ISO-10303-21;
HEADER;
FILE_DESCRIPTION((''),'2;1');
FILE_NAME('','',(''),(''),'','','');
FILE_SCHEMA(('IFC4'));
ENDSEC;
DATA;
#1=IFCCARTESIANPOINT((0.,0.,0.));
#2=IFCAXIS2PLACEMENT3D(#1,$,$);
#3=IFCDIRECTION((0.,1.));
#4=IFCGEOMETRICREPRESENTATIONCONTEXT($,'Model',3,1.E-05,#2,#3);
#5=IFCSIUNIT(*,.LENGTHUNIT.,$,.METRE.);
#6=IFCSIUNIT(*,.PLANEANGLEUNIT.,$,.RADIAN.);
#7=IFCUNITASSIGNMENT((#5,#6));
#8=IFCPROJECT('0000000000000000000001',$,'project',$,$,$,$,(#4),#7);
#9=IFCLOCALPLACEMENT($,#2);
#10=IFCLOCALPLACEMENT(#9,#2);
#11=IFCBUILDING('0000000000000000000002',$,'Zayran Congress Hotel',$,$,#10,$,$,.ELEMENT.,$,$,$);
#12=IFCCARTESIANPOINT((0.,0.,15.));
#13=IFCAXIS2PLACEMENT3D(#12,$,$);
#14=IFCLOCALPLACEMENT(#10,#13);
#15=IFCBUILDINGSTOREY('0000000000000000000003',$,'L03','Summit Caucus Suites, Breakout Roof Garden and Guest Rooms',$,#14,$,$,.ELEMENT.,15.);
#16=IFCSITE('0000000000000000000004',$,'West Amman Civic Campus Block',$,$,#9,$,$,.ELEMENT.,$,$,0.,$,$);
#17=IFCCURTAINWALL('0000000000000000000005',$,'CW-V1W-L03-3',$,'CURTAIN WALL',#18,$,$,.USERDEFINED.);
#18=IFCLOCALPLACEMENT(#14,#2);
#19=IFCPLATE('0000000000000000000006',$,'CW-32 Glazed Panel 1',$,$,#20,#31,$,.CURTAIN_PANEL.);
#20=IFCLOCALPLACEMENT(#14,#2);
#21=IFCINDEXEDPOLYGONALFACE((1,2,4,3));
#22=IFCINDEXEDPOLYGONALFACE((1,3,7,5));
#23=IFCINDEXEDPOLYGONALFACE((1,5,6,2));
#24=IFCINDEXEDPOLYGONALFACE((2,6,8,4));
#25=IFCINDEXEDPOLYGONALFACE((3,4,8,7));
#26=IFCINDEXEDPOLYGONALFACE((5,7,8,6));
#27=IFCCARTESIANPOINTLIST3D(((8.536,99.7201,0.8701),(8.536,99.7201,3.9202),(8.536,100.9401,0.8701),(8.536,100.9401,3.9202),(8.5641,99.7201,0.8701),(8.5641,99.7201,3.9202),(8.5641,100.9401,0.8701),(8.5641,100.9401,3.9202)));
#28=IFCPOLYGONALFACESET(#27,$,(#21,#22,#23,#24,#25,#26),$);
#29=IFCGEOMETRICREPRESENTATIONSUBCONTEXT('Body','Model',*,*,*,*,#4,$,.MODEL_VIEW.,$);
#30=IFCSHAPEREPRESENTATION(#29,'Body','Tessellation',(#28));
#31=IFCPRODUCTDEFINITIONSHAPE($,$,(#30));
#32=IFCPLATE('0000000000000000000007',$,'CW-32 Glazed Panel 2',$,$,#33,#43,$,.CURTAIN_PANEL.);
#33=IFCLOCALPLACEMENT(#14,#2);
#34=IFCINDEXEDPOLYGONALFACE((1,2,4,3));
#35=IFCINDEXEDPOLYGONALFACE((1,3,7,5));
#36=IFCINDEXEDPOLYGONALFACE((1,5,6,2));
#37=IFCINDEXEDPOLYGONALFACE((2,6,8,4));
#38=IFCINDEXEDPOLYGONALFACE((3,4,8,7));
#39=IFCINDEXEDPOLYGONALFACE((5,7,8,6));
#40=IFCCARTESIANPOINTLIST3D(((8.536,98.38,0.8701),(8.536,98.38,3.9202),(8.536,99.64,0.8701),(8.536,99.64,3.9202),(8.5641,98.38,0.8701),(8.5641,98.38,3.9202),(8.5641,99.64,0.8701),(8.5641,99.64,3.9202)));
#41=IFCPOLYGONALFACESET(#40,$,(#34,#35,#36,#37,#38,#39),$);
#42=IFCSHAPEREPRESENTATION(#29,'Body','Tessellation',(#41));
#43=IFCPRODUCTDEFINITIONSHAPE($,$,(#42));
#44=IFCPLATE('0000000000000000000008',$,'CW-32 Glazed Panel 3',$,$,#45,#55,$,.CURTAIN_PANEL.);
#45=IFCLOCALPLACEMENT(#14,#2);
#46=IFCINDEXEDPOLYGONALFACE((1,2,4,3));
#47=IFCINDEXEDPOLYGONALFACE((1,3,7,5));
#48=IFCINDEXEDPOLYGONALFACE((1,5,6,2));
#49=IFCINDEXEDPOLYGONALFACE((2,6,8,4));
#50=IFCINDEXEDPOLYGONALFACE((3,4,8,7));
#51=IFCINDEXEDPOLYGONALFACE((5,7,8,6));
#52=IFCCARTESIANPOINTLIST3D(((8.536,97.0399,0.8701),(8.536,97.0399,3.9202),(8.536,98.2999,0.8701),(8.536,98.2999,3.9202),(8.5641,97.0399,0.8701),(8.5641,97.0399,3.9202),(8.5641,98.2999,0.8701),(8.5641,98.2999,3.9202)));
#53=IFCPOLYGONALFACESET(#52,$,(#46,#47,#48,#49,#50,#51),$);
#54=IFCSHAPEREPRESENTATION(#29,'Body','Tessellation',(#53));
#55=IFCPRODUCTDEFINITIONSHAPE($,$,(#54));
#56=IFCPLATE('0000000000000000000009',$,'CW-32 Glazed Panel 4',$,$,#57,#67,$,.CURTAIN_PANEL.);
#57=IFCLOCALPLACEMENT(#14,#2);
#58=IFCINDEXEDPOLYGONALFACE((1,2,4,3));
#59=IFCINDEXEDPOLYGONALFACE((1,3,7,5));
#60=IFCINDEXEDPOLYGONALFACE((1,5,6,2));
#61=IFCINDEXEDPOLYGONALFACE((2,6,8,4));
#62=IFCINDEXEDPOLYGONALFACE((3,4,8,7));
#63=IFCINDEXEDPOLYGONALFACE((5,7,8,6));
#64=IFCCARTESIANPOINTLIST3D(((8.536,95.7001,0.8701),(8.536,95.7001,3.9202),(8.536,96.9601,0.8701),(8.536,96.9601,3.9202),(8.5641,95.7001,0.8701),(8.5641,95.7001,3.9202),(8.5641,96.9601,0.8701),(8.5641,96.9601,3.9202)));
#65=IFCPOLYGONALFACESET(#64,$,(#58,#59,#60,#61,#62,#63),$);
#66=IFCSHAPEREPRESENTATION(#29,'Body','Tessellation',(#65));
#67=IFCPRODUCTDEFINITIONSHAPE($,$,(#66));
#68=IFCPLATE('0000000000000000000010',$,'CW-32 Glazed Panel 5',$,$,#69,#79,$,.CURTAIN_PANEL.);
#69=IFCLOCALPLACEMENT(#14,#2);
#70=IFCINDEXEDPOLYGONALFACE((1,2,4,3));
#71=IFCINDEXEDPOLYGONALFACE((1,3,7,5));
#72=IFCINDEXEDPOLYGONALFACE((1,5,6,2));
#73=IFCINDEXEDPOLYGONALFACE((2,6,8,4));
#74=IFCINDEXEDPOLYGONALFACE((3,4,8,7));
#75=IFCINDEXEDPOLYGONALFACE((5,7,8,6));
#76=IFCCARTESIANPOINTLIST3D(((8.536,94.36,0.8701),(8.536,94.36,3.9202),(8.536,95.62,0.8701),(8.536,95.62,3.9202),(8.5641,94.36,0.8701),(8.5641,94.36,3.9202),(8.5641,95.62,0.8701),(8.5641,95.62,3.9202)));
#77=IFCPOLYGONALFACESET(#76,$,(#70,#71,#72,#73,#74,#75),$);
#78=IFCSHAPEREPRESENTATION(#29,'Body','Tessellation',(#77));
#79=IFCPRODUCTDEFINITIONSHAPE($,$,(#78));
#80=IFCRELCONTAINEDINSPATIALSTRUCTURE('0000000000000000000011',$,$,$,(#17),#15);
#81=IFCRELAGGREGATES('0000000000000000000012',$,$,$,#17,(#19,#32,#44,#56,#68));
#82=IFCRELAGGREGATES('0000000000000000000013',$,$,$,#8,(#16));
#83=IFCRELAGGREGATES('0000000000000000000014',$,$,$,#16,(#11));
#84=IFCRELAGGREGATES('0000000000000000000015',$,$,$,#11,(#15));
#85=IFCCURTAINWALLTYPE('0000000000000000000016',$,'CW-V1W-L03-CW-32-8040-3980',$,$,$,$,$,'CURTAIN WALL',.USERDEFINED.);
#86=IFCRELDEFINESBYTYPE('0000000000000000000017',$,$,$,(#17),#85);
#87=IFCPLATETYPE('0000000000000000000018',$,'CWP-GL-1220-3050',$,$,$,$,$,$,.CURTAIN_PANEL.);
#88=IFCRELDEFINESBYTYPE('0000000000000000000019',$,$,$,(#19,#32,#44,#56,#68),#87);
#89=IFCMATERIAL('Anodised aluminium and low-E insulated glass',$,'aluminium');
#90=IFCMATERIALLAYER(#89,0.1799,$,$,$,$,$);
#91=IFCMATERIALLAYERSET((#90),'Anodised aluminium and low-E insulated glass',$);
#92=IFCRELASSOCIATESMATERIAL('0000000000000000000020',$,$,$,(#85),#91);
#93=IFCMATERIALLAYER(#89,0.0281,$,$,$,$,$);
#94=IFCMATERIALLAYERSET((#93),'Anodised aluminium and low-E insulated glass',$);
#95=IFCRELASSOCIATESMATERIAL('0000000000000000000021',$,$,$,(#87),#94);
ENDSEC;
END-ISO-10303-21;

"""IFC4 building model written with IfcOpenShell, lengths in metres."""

from ifc_helpers import new_model, si_unit, direction, frame, origin, origin_2d, place, context, subcontext, project, spatial, rectangle, extrude, material, layer, layer_set, type_object, element, aggregate, save


model = new_model("IFC4")

# Units and contexts
model_context = context("Model", 3, precision=1e-05, world=origin(), true_north=direction((0.0, 1.0)))
body_context = subcontext(model_context, "Body", "Model", "MODEL_VIEW")
ifc_project = project(units=[si_unit("LENGTHUNIT", "METRE"), si_unit("PLANEANGLEUNIT", "RADIAN")], contexts=[model_context])

# Site, building, storey
site_placement = place(None, origin())
site = spatial("IfcSite", under=ifc_project, at=site_placement, Name="West Amman Civic Campus Block", CompositionType="ELEMENT", RefElevation=0.0)
building_placement = place(site_placement, origin())
building = spatial("IfcBuilding", under=site, at=building_placement, Name="Zayran Congress Hotel", CompositionType="ELEMENT")
storey_placement = place(building_placement, frame((0.0, 0.0, 15.0)))
storey = spatial("IfcBuildingStorey", under=building, at=storey_placement, Name="L03", Description="Summit Caucus Suites, Breakout Roof Garden and Guest Rooms", CompositionType="ELEMENT", Elevation=15.0)

# Curtain wall, plates
ifc_material_1 = material(Name="Anodised aluminium and low-E insulated glass", Category="aluminium")
ifc_layer_1 = layer(ifc_material_1, 0.1799)
ifc_layer_set_1 = layer_set([ifc_layer_1], Name="Anodised aluminium and low-E insulated glass")
curtain_wall_type = type_object("IfcCurtainWallType", Name="CW-V1W-L03-CW-32-8040-3980", ElementType="CURTAIN WALL", PredefinedType="USERDEFINED", material=ifc_layer_set_1)
curtain_wall_placement = place(storey_placement, origin())
curtain_wall = element("IfcCurtainWall", 1, at=curtain_wall_placement, inside=storey, type_object=curtain_wall_type, Name="CW-V1W-L03-3", ObjectType="CURTAIN WALL", PredefinedType="USERDEFINED")
ifc_layer_2 = layer(ifc_material_1, 0.0281)
ifc_layer_set_2 = layer_set([ifc_layer_2], Name="Anodised aluminium and low-E insulated glass")
plate_type_1 = type_object("IfcPlateType", Name="CWP-GL-1220-3050", PredefinedType="CURTAIN_PANEL", material=ifc_layer_set_2)
plate_1_placement = place(storey_placement, frame((8.55, 100.3301, 0.8701), z_axis=(0.0, 0.0, 1.0), x_axis=(0.0, 1.0, 0.0)))
plate_1 = element("IfcPlate", 2, at=plate_1_placement, type_object=plate_type_1, Name="CW-32 Glazed Panel 1", PredefinedType="CURTAIN_PANEL", context=body_context, shape_type="SweptSolid", body=[
    extrude(rectangle(XDim=1.22, YDim=0.0281, at=origin_2d()), origin(), (0.0, 0.0, 1.0), 3.05),
])
plate_2_placement = place(storey_placement, frame((8.55, 99.01, 0.8701), z_axis=(0.0, 0.0, 1.0), x_axis=(0.0, 1.0, 0.0)))
plate_2 = element("IfcPlate", 3, at=plate_2_placement, type_object=plate_type_1, Name="CW-32 Glazed Panel 2", PredefinedType="CURTAIN_PANEL", context=body_context, shape_type="SweptSolid", body=[
    extrude(rectangle(XDim=1.26, YDim=0.0281, at=origin_2d()), origin(), (0.0, 0.0, 1.0), 3.05),
])
plate_3_placement = place(storey_placement, frame((8.55, 97.6699, 0.8701), z_axis=(0.0, 0.0, 1.0), x_axis=(0.0, 1.0, 0.0)))
plate_3 = element("IfcPlate", 4, at=plate_3_placement, type_object=plate_type_1, Name="CW-32 Glazed Panel 3", PredefinedType="CURTAIN_PANEL", context=body_context, shape_type="SweptSolid", body=[
    extrude(rectangle(XDim=1.26, YDim=0.0281, at=origin_2d()), origin(), (0.0, 0.0, 1.0), 3.05),
])
plate_4_placement = place(storey_placement, frame((8.55, 96.3301, 0.8701), z_axis=(0.0, 0.0, 1.0), x_axis=(0.0, 1.0, 0.0)))
plate_4 = element("IfcPlate", 5, at=plate_4_placement, type_object=plate_type_1, Name="CW-32 Glazed Panel 4", PredefinedType="CURTAIN_PANEL", context=body_context, shape_type="SweptSolid", body=[
    extrude(rectangle(XDim=1.26, YDim=0.0281, at=origin_2d()), origin(), (0.0, 0.0, 1.0), 3.05),
])
plate_5_placement = place(storey_placement, frame((8.55, 94.99, 0.8701), z_axis=(0.0, 0.0, 1.0), x_axis=(0.0, 1.0, 0.0)))
plate_5 = element("IfcPlate", 6, at=plate_5_placement, type_object=plate_type_1, Name="CW-32 Glazed Panel 5", PredefinedType="CURTAIN_PANEL", context=body_context, shape_type="SweptSolid", body=[
    extrude(rectangle(XDim=1.26, YDim=0.0281, at=origin_2d()), origin(), (0.0, 0.0, 1.0), 3.05),
])
aggregate(curtain_wall, [plate_1, plate_2, plate_3, plate_4, plate_5])

save(model, "model.ifc")
